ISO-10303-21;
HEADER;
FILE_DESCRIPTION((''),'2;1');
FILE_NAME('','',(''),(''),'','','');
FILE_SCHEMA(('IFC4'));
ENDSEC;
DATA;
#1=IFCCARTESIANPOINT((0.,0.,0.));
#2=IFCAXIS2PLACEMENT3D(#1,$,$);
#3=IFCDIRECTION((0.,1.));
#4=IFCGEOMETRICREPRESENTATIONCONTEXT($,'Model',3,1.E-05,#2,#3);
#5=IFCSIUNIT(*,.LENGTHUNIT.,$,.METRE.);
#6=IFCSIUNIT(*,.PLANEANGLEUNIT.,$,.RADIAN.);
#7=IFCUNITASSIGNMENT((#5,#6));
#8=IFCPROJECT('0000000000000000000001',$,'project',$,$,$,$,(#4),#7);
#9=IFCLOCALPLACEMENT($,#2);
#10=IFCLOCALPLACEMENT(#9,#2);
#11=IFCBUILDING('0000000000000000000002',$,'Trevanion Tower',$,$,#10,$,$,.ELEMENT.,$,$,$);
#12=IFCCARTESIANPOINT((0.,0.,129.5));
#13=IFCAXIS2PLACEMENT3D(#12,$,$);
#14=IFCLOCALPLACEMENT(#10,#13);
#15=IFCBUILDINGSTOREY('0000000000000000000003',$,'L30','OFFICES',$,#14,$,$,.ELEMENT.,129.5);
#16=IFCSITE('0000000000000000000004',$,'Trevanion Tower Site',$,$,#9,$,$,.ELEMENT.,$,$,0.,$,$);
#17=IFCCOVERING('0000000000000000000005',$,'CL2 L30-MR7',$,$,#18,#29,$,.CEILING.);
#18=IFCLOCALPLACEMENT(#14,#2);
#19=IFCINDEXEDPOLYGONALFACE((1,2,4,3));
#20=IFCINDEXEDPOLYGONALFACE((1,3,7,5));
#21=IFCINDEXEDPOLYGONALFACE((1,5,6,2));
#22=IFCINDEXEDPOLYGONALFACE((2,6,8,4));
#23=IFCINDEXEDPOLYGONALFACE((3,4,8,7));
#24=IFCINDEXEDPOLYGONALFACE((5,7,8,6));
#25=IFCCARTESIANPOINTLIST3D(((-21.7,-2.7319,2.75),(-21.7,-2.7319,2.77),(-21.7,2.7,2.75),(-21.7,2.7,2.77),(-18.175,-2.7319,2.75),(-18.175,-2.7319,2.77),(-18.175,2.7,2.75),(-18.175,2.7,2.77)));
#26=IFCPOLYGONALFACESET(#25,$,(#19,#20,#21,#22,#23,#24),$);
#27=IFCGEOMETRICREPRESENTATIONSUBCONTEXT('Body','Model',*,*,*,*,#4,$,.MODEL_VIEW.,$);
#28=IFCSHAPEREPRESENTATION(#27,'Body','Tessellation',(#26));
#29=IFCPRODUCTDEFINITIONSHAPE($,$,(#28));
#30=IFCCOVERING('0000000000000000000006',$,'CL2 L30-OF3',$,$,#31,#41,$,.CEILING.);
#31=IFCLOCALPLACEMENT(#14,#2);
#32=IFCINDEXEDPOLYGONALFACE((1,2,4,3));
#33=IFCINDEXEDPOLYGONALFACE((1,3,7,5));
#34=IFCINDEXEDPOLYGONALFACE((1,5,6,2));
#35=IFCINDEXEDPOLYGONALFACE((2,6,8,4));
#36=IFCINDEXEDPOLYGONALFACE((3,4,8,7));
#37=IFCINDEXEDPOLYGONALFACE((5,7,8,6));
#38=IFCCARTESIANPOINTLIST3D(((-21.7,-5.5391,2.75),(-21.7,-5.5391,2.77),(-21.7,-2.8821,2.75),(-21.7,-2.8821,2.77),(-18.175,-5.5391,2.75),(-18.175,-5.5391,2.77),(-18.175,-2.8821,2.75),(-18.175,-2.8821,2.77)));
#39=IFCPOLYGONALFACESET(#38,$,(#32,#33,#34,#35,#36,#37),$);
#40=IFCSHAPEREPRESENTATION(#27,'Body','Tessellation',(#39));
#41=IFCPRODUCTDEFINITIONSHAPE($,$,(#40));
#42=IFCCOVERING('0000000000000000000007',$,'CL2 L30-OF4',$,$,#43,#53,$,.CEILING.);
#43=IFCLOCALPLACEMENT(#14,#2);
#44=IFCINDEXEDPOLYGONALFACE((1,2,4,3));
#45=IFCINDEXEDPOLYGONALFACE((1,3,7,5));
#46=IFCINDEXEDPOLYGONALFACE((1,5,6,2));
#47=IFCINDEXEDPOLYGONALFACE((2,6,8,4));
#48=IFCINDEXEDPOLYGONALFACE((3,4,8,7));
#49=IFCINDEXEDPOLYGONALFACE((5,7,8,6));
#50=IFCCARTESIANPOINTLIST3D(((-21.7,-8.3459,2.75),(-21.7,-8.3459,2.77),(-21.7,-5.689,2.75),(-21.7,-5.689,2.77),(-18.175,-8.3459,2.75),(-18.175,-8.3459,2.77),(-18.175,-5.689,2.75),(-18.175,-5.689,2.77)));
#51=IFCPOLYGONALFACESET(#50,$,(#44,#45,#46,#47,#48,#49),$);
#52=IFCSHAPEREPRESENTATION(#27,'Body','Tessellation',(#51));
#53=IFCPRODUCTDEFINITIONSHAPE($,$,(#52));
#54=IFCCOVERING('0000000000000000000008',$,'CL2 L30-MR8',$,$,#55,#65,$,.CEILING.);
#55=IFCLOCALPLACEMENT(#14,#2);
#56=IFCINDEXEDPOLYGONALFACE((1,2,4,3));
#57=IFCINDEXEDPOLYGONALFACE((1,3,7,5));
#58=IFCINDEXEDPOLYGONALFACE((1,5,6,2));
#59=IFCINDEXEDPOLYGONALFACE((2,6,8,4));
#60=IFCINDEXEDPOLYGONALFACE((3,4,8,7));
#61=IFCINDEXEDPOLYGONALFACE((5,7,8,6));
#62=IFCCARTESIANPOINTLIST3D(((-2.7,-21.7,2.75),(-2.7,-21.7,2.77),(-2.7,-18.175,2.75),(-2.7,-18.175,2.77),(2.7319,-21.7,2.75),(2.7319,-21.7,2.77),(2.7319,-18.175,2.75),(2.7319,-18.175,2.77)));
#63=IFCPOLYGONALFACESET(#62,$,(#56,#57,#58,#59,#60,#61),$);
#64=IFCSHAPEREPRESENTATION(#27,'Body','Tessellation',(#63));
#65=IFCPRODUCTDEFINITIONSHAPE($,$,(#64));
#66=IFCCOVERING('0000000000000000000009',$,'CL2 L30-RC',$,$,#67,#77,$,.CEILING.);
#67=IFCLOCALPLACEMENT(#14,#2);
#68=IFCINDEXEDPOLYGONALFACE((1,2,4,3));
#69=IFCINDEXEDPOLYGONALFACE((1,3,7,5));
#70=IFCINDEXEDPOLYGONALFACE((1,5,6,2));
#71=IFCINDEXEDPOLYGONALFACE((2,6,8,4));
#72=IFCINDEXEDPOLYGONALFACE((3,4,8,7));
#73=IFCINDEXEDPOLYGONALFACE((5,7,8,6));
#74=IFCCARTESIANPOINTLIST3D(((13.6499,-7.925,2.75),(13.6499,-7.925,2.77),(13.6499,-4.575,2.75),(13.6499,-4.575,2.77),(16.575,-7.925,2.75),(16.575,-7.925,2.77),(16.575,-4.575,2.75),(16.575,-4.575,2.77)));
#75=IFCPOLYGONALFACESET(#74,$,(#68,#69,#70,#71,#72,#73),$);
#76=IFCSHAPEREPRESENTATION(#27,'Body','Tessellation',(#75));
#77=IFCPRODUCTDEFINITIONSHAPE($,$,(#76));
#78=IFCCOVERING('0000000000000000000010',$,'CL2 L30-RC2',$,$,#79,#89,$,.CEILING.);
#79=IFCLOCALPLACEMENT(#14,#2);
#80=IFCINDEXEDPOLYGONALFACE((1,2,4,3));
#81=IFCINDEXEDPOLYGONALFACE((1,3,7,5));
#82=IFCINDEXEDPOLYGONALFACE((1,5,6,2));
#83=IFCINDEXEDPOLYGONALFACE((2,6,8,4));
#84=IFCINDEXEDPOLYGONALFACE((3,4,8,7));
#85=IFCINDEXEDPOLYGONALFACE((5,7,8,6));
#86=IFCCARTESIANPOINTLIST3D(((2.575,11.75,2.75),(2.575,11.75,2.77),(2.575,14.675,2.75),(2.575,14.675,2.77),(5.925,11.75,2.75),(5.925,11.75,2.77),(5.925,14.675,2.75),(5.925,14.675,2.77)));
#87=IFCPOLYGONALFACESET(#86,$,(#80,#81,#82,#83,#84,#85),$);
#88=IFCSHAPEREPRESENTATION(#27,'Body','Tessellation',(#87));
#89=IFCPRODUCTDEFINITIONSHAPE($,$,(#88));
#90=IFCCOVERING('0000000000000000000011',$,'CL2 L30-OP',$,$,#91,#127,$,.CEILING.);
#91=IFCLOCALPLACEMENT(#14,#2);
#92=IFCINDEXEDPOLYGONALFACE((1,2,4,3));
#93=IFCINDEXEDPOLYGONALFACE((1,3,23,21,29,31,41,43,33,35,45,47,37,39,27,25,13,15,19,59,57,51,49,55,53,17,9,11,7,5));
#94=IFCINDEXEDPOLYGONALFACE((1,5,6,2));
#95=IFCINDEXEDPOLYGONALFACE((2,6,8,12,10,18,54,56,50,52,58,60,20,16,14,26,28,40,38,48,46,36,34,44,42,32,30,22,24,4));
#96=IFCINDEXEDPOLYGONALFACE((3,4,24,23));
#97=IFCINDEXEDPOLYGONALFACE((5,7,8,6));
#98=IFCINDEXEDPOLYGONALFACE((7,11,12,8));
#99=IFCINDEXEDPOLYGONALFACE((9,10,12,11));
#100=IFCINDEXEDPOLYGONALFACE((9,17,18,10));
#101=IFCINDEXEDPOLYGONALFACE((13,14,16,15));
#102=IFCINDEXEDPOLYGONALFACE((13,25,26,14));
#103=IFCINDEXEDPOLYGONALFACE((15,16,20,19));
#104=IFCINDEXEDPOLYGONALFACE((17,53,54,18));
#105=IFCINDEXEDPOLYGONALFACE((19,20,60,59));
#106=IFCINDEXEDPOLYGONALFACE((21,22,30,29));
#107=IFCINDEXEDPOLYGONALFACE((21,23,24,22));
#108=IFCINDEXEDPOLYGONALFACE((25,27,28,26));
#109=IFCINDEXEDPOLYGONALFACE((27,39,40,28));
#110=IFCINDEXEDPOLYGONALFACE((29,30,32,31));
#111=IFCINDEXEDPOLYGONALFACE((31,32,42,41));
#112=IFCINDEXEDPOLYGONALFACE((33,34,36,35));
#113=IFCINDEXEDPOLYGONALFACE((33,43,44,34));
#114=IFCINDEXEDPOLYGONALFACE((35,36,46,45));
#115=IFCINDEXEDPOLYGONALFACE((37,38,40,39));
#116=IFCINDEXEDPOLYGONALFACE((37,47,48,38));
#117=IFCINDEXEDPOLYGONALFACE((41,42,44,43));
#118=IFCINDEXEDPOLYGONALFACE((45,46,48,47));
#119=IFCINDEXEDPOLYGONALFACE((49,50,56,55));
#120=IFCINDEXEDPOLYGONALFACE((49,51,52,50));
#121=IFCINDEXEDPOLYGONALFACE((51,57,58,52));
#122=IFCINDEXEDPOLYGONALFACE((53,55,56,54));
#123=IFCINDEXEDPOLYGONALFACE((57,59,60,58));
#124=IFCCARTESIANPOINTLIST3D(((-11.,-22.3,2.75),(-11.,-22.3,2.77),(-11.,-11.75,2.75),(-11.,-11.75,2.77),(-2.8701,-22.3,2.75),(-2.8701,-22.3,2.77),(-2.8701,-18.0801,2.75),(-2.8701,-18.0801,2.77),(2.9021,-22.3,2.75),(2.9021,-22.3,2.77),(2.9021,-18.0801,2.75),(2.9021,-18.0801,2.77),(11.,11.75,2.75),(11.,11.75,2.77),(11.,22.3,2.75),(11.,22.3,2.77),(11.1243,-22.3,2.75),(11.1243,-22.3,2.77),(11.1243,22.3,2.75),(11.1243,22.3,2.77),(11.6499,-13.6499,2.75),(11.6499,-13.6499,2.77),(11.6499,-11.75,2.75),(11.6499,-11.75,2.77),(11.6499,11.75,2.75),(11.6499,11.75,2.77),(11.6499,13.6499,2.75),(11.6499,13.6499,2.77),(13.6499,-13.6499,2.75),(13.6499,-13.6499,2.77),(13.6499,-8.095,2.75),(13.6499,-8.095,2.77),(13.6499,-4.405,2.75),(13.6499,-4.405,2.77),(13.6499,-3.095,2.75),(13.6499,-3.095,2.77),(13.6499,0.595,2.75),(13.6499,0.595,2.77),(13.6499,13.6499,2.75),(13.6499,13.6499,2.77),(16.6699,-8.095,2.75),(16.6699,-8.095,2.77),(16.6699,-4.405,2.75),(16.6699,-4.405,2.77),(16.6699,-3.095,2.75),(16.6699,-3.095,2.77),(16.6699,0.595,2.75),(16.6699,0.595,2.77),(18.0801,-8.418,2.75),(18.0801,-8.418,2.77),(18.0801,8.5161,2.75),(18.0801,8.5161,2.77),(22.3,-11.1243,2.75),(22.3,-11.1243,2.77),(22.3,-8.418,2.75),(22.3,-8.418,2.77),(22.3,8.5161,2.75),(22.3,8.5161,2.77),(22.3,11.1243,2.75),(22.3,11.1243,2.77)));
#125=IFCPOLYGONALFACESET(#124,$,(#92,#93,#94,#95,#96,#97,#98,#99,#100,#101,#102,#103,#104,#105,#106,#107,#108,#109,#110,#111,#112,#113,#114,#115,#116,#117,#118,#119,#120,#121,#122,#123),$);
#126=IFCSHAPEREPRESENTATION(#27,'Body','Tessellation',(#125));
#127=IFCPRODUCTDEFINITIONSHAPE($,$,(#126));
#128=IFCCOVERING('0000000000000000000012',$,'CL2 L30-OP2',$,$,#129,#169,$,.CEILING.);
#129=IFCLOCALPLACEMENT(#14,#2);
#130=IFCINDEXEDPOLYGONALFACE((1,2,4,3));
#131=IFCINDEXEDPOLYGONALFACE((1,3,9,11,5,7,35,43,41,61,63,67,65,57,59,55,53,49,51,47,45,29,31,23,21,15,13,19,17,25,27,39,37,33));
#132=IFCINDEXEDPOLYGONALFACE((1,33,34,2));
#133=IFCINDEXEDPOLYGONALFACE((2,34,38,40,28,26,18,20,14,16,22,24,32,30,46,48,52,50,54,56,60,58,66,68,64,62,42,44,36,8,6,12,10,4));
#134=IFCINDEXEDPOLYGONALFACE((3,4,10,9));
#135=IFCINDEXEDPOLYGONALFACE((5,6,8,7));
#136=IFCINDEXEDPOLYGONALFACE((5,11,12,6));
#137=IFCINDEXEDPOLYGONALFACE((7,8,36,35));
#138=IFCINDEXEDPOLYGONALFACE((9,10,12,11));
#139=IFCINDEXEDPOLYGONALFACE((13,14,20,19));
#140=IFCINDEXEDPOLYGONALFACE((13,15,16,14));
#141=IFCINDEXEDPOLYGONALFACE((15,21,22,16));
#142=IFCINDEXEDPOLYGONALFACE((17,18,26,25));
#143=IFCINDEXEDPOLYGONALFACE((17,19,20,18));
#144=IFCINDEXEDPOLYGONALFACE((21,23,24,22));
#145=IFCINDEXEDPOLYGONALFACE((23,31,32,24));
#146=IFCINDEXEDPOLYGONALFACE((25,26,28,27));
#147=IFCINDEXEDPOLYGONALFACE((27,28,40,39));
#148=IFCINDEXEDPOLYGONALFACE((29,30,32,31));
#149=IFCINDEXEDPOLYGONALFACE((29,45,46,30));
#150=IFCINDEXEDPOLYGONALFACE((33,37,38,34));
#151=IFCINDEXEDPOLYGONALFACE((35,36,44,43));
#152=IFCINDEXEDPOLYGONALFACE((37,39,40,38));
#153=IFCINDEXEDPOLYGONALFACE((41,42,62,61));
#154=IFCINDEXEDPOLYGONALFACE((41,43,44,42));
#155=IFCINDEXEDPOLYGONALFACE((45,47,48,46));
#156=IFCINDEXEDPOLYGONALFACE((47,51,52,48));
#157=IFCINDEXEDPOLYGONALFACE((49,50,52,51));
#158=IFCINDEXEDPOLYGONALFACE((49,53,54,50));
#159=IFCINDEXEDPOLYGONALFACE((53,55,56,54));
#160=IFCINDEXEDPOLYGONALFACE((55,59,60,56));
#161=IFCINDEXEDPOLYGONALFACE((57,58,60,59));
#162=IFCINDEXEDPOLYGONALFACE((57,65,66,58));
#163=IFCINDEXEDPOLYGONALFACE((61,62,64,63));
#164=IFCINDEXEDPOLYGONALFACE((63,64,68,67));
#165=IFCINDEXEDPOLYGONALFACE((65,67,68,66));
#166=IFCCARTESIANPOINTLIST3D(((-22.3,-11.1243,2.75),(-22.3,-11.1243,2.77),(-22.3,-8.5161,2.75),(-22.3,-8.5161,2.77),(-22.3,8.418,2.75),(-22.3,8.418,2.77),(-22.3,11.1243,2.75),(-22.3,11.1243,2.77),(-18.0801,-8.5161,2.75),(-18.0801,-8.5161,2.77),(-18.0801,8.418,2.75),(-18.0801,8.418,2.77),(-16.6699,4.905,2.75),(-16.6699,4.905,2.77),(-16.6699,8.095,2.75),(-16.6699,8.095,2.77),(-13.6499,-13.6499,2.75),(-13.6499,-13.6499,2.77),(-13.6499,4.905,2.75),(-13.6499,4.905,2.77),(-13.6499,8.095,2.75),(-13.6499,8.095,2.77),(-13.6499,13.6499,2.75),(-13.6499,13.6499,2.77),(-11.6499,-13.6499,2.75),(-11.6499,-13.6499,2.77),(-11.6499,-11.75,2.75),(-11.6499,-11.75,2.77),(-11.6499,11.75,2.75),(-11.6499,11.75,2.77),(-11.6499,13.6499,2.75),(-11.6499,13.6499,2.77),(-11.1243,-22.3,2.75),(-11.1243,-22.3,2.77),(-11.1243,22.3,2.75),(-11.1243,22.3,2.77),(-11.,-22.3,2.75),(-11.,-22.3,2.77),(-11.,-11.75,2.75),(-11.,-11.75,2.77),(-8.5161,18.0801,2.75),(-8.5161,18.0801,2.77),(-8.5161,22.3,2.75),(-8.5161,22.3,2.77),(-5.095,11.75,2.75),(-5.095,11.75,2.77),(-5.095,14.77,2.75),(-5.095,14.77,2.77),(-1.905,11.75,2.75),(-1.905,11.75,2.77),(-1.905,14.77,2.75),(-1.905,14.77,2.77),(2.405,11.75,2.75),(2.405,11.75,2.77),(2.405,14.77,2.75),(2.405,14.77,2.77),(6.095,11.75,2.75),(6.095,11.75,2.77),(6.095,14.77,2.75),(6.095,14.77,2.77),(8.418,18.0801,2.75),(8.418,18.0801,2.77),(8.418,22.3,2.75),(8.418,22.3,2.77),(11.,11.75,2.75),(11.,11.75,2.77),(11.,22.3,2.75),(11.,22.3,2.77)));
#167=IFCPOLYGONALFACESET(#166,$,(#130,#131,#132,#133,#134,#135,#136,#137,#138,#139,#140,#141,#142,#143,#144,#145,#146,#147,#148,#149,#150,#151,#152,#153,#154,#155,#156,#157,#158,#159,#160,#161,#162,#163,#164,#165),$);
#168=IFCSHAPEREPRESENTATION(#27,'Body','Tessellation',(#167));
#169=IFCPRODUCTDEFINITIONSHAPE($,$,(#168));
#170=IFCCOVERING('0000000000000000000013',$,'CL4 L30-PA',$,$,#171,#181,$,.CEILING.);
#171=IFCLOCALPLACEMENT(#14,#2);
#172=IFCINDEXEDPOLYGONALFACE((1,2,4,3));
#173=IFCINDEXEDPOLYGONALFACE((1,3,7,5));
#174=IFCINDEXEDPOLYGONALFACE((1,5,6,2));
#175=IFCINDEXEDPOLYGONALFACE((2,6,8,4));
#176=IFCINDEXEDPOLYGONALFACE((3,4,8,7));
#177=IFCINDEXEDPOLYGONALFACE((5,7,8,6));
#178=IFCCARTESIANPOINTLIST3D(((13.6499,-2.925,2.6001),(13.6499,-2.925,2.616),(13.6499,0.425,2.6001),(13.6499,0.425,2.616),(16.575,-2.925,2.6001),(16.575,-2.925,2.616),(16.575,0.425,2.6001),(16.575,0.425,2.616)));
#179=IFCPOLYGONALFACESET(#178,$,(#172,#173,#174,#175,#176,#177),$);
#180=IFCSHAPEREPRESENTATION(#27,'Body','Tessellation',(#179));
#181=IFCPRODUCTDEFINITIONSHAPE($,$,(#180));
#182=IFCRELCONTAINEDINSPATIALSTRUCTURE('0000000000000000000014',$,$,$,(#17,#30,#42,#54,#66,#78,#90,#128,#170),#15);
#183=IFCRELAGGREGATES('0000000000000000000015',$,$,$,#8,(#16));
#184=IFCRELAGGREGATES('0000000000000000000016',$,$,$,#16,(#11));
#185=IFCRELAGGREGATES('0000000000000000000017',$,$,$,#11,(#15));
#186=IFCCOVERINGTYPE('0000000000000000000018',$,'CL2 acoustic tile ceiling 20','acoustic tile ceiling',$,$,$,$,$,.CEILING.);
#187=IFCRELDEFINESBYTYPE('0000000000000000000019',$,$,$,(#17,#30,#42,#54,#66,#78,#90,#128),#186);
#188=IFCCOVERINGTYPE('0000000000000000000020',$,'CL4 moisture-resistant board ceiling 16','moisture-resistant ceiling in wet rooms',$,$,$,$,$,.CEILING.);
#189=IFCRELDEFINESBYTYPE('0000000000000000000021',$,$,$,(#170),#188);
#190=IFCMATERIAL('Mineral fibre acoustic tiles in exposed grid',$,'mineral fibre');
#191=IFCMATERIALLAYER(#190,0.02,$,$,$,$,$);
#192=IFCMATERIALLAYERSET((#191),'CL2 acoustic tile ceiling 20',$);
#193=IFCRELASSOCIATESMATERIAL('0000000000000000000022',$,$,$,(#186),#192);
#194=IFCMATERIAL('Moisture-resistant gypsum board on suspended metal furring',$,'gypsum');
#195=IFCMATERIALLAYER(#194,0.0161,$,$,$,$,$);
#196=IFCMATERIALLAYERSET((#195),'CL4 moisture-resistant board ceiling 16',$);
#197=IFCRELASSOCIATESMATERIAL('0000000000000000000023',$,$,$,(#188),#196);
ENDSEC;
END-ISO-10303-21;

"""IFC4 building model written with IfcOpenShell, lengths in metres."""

from ifc_helpers import new_model, si_unit, direction, frame, origin, place, context, subcontext, project, spatial, polyline, outline, extrude, material, layer, layer_set, type_object, element, save


model = new_model("IFC4")

# Units and contexts
model_context = context("Model", 3, precision=1e-05, world=origin(), true_north=direction((0.0, 1.0)))
body_context = subcontext(model_context, "Body", "Model", "MODEL_VIEW")
ifc_project = project(units=[si_unit("LENGTHUNIT", "METRE"), si_unit("PLANEANGLEUNIT", "RADIAN")], contexts=[model_context])

# Site, building, storey
site_placement = place(None, origin())
site = spatial("IfcSite", under=ifc_project, at=site_placement, Name="Trevanion Tower Site", CompositionType="ELEMENT", RefElevation=0.0)
building_placement = place(site_placement, origin())
building = spatial("IfcBuilding", under=site, at=building_placement, Name="Trevanion Tower", CompositionType="ELEMENT")
storey_placement = place(building_placement, frame((0.0, 0.0, 129.5)))
storey = spatial("IfcBuildingStorey", under=building, at=storey_placement, Name="L30", Description="OFFICES", CompositionType="ELEMENT", Elevation=129.5)

# Coverings
ifc_material_1 = material(Name="Mineral fibre acoustic tiles in exposed grid", Category="mineral fibre")
ifc_layer_1 = layer(ifc_material_1, 0.02)
ifc_layer_set_1 = layer_set([ifc_layer_1], Name="CL2 acoustic tile ceiling 20")
covering_type_1 = type_object("IfcCoveringType", Name="CL2 acoustic tile ceiling 20", Description="acoustic tile ceiling", PredefinedType="CEILING", material=ifc_layer_set_1)
covering_1_placement = place(storey_placement, frame((0.0, 0.0, 2.75)))
element("IfcCovering", 1, at=covering_1_placement, inside=storey, type_object=covering_type_1, Name="CL2 L30-MR7", PredefinedType="CEILING", context=body_context, shape_type="SweptSolid", body=[
    extrude(outline(polyline([(-18.175, 2.7), (-18.175, -2.7319), (-21.7, -2.7319), (-21.7, 2.7), (-18.175, 2.7)])), origin(), (0.0, 0.0, 1.0), 0.02),
])
covering_2_placement = place(storey_placement, frame((0.0, 0.0, 2.75)))
element("IfcCovering", 2, at=covering_2_placement, inside=storey, type_object=covering_type_1, Name="CL2 L30-OF3", PredefinedType="CEILING", context=body_context, shape_type="SweptSolid", body=[
    extrude(outline(polyline([(-18.175, -2.8821), (-18.175, -5.5391), (-21.7, -5.5391), (-21.7, -2.8821), (-18.175, -2.8821)])), origin(), (0.0, 0.0, 1.0), 0.02),
])
covering_3_placement = place(storey_placement, frame((0.0, 0.0, 2.75)))
element("IfcCovering", 3, at=covering_3_placement, inside=storey, type_object=covering_type_1, Name="CL2 L30-OF4", PredefinedType="CEILING", context=body_context, shape_type="SweptSolid", body=[
    extrude(outline(polyline([(-18.175, -5.689), (-18.175, -8.3459), (-21.7, -8.3459), (-21.7, -5.689), (-18.175, -5.689)])), origin(), (0.0, 0.0, 1.0), 0.02),
])
covering_4_placement = place(storey_placement, frame((0.0, 0.0, 2.75)))
element("IfcCovering", 4, at=covering_4_placement, inside=storey, type_object=covering_type_1, Name="CL2 L30-MR8", PredefinedType="CEILING", context=body_context, shape_type="SweptSolid", body=[
    extrude(outline(polyline([(-2.7, -18.175), (2.7319, -18.175), (2.7319, -21.7), (-2.7, -21.7), (-2.7, -18.175)])), origin(), (0.0, 0.0, 1.0), 0.02),
])
covering_5_placement = place(storey_placement, frame((0.0, 0.0, 2.75)))
element("IfcCovering", 5, at=covering_5_placement, inside=storey, type_object=covering_type_1, Name="CL2 L30-RC", PredefinedType="CEILING", context=body_context, shape_type="SweptSolid", body=[
    extrude(outline(polyline([(13.6499, -7.925), (13.6499, -4.575), (16.575, -4.575), (16.575, -7.925), (13.6499, -7.925)])), origin(), (0.0, 0.0, 1.0), 0.02),
])
covering_6_placement = place(storey_placement, frame((0.0, 0.0, 2.75)))
element("IfcCovering", 6, at=covering_6_placement, inside=storey, type_object=covering_type_1, Name="CL2 L30-RC2", PredefinedType="CEILING", context=body_context, shape_type="SweptSolid", body=[
    extrude(outline(polyline([(2.575, 14.675), (5.925, 14.675), (5.925, 11.75), (2.575, 11.75), (2.575, 14.675)])), origin(), (0.0, 0.0, 1.0), 0.02),
])
covering_7_placement = place(storey_placement, frame((0.0, 0.0, 2.75)))
element("IfcCovering", 7, at=covering_7_placement, inside=storey, type_object=covering_type_1, Name="CL2 L30-OP", PredefinedType="CEILING", context=body_context, shape_type="SweptSolid", body=[
    extrude(outline(polyline([(11.6499, -13.6499), (13.6499, -13.6499), (13.6499, -8.095), (16.6699, -8.095), (16.6699, -4.405), (13.6499, -4.405), (13.6499, -3.095), (16.6699, -3.095), (16.6699, 0.595), (13.6499, 0.595), (13.6499, 13.6499), (11.6499, 13.6499), (11.6499, 11.75), (11.0, 11.75), (11.0, 22.3), (11.1243, 22.3), (22.3, 11.1243), (22.3, 8.5161), (18.0801, 8.5161), (18.0801, -8.418), (22.3, -8.418), (22.3, -11.1243), (11.1243, -22.3), (2.9021, -22.3), (2.9021, -18.0801), (-2.8701, -18.0801), (-2.8701, -22.3), (-11.0, -22.3), (-11.0, -11.75), (11.6499, -11.75), (11.6499, -13.6499)])), origin(), (0.0, 0.0, 1.0), 0.02),
])
covering_8_placement = place(storey_placement, frame((0.0, 0.0, 2.75)))
element("IfcCovering", 8, at=covering_8_placement, inside=storey, type_object=covering_type_1, Name="CL2 L30-OP2", PredefinedType="CEILING", context=body_context, shape_type="SweptSolid", body=[
    extrude(outline(polyline([(-11.6499, -13.6499), (-11.6499, -11.75), (-11.0, -11.75), (-11.0, -22.3), (-11.1243, -22.3), (-22.3, -11.1243), (-22.3, -8.5161), (-18.0801, -8.5161), (-18.0801, 8.418), (-22.3, 8.418), (-22.3, 11.1243), (-11.1243, 22.3), (-8.5161, 22.3), (-8.5161, 18.0801), (8.418, 18.0801), (8.418, 22.3), (11.0, 22.3), (11.0, 11.75), (6.095, 11.75), (6.095, 14.77), (2.405, 14.77), (2.405, 11.75), (-1.905, 11.75), (-1.905, 14.77), (-5.095, 14.77), (-5.095, 11.75), (-11.6499, 11.75), (-11.6499, 13.6499), (-13.6499, 13.6499), (-13.6499, 8.095), (-16.6699, 8.095), (-16.6699, 4.905), (-13.6499, 4.905), (-13.6499, -13.6499), (-11.6499, -13.6499)])), origin(), (0.0, 0.0, 1.0), 0.02),
])
ifc_material_2 = material(Name="Moisture-resistant gypsum board on suspended metal furring", Category="gypsum")
ifc_layer_2 = layer(ifc_material_2, 0.0161)
ifc_layer_set_2 = layer_set([ifc_layer_2], Name="CL4 moisture-resistant board ceiling 16")
covering_type_2 = type_object("IfcCoveringType", Name="CL4 moisture-resistant board ceiling 16", Description="moisture-resistant ceiling in wet rooms", PredefinedType="CEILING", material=ifc_layer_set_2)
covering_9_placement = place(storey_placement, frame((0.0, 0.0, 2.6001)))
element("IfcCovering", 9, at=covering_9_placement, inside=storey, type_object=covering_type_2, Name="CL4 L30-PA", PredefinedType="CEILING", context=body_context, shape_type="SweptSolid", body=[
    extrude(outline(polyline([(13.6499, -2.925), (13.6499, 0.425), (16.575, 0.425), (16.575, -2.925), (13.6499, -2.925)])), origin(), (0.0, 0.0, 1.0), 0.0159),
])

save(model, "model.ifc")
